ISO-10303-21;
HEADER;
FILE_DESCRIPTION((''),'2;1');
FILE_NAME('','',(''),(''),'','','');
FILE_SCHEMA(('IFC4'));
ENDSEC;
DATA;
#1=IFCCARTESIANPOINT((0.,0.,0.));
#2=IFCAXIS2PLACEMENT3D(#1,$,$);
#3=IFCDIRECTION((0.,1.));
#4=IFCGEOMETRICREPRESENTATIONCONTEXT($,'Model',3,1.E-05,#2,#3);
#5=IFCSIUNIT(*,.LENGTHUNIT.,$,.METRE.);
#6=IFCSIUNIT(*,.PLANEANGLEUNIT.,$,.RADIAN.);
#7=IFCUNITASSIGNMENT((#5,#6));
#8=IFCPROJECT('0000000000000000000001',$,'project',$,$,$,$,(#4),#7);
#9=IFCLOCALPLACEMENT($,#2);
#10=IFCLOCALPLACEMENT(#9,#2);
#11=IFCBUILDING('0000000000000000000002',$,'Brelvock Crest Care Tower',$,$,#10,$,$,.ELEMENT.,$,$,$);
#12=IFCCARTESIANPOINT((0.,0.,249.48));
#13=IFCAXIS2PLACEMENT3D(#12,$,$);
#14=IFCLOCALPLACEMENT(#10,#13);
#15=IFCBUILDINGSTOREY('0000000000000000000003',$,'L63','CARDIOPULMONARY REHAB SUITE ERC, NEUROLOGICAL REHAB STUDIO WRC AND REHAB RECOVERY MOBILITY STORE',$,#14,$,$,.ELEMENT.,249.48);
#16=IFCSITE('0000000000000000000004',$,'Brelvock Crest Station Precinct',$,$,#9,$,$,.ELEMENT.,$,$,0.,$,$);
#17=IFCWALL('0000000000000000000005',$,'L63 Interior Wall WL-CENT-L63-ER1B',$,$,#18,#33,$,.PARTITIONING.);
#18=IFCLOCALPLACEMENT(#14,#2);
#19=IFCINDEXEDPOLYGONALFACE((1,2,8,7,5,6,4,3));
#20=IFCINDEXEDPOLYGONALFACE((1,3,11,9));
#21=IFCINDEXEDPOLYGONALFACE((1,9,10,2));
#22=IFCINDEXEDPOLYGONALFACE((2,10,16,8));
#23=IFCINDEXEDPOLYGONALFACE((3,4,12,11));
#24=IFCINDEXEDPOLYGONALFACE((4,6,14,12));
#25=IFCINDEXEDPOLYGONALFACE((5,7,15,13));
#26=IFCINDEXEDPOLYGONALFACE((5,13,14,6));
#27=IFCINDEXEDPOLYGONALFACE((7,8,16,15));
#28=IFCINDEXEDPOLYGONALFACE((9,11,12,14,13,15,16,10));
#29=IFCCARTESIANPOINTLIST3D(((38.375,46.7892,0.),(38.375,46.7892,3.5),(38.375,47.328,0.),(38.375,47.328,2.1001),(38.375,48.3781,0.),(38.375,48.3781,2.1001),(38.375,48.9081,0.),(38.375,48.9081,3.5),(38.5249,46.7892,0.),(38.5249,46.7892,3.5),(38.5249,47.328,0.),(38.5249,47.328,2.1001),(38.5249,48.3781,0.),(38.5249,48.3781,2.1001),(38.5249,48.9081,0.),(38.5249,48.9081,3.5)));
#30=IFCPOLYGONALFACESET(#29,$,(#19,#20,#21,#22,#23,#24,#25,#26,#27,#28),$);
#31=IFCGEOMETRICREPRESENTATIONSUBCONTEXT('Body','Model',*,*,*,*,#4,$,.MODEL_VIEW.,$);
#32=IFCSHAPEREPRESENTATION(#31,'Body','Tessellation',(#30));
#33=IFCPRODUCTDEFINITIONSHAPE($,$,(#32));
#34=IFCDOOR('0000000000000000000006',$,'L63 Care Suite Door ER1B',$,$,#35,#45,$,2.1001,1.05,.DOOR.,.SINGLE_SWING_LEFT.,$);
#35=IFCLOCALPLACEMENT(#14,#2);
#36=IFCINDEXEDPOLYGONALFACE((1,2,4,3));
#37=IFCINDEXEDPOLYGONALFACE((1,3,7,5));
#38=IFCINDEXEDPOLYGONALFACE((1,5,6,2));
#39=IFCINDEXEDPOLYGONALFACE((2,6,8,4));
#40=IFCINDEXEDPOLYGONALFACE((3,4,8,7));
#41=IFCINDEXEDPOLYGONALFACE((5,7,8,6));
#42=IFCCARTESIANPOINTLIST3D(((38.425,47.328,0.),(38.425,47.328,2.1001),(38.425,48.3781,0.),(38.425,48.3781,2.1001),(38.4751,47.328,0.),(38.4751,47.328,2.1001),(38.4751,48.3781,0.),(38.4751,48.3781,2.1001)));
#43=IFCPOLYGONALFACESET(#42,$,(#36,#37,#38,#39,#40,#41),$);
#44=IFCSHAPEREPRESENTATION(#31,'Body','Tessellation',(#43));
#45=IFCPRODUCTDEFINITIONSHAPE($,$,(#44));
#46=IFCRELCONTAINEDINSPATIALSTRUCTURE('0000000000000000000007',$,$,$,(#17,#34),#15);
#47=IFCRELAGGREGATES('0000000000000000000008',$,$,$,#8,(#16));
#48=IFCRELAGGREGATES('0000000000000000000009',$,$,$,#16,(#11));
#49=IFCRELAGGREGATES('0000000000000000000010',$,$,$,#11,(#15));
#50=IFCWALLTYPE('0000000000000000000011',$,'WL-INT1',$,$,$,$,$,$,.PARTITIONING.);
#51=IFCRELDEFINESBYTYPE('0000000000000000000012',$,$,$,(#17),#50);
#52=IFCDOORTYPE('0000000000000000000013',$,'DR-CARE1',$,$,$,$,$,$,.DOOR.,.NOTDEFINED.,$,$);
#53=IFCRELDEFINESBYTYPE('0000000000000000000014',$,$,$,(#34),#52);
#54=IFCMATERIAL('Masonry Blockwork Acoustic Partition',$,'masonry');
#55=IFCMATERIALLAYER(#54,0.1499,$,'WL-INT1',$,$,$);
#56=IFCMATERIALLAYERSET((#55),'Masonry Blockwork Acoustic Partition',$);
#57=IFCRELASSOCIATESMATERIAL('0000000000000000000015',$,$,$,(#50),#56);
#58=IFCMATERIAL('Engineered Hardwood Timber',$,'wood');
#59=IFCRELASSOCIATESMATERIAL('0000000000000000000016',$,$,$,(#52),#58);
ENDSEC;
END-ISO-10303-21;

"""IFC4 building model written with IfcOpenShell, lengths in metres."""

from ifc_helpers import new_model, si_unit, direction, frame, frame_2d, origin, origin_2d, place, context, subcontext, project, spatial, rectangle, extrude, source, transform, mapped, material, layer, layer_set, type_object, element, fill, save


model = new_model("IFC4")

# Units and contexts
model_context = context("Model", 3, precision=1e-05, world=origin(), true_north=direction((0.0, 1.0)))
body_context = subcontext(model_context, "Body", "Model", "MODEL_VIEW")
ifc_project = project(units=[si_unit("LENGTHUNIT", "METRE"), si_unit("PLANEANGLEUNIT", "RADIAN")], contexts=[model_context])

# Site, building, storey
site_placement = place(None, origin())
site = spatial("IfcSite", under=ifc_project, at=site_placement, Name="Brelvock Crest Station Precinct", CompositionType="ELEMENT", RefElevation=0.0)
building_placement = place(site_placement, origin())
building = spatial("IfcBuilding", under=site, at=building_placement, Name="Brelvock Crest Care Tower", CompositionType="ELEMENT")
storey_placement = place(building_placement, frame((0.0, 0.0, 249.48)))
storey = spatial("IfcBuildingStorey", under=building, at=storey_placement, Name="L63", Description="CARDIOPULMONARY REHAB SUITE ERC, NEUROLOGICAL REHAB STUDIO WRC AND REHAB RECOVERY MOBILITY STORE", CompositionType="ELEMENT", Elevation=249.48)

# Shared definitions
ifc_material_1 = material(Name="Masonry Blockwork Acoustic Partition", Category="masonry")
ifc_layer = layer(ifc_material_1, 0.1499, Name="WL-INT1")
ifc_layer_set = layer_set([ifc_layer], Name="Masonry Blockwork Acoustic Partition")
wall_type = type_object("IfcWallType", Name="WL-INT1", PredefinedType="PARTITIONING", material=ifc_layer_set)

# Shared definitions
ifc_material_2 = material(Name="Engineered Hardwood Timber", Category="wood")
door_type_1 = type_object("IfcDoorType", Name="DR-CARE1", OperationType="NOTDEFINED", PredefinedType="DOOR", material=ifc_material_2)
shared_shape_1 = source(origin(), body_context, "Body", "SweptSolid", [
    extrude(rectangle(XDim=1.05, YDim=2.1001, at=origin_2d()), frame((0.5249, 0.0249, 1.05), z_axis=(0.0, -1.0, 0.0), x_axis=(1.0, 0.0, 0.0)), (0.0, 0.0, 1.0), 0.05),
])

# Wall, opening, door
wall_1_placement = place(storey_placement, frame((38.45, 46.7891, 0.0), z_axis=(0.0, 0.0, 1.0), x_axis=(0.0, 1.0, 0.0)))
wall_1 = element("IfcWall", 1, at=wall_1_placement, inside=storey, type_object=wall_type, Name="L63 Interior Wall WL-CENT-L63-ER1B", PredefinedType="PARTITIONING", context=body_context, shape_type="SweptSolid", body=[
    extrude(rectangle(XDim=2.1189, YDim=0.1499, at=frame_2d((1.0596, 0.0))), origin(), (0.0, 0.0, 1.0), 3.5),
])
opening_1_placement = place(wall_1_placement, frame((0.5391, 0.0, 0.0)))
opening_1 = element("IfcOpeningElement", 2, at=opening_1_placement, cuts=wall_1, PredefinedType="OPENING", context=body_context, shape_type="SweptSolid", body=[
    extrude(rectangle(XDim=1.05, YDim=2.1001, at=origin_2d()), frame((0.5249, 0.085, 1.05), z_axis=(0.0, -1.0, 0.0), x_axis=(1.0, 0.0, 0.0)), (0.0, 0.0, 1.0), 0.1699),
])
door_1_placement = place(opening_1_placement, origin())
door_1 = element("IfcDoor", 3, at=door_1_placement, inside=storey, type_object=door_type_1, Name="L63 Care Suite Door ER1B", OperationType="SINGLE_SWING_LEFT", OverallHeight=2.1001, OverallWidth=1.05, PredefinedType="DOOR", context=body_context, shape_type="MappedRepresentation", body=[
    mapped(shared_shape_1, transform((0.0, 0.0, 0.0), x_axis=(1.0, 0.0, 0.0), y_axis=(0.0, 1.0, 0.0), z_axis=(0.0, 0.0, 1.0), scale=1.0)),
])
fill(opening_1, door_1)

save(model, "model.ifc")
